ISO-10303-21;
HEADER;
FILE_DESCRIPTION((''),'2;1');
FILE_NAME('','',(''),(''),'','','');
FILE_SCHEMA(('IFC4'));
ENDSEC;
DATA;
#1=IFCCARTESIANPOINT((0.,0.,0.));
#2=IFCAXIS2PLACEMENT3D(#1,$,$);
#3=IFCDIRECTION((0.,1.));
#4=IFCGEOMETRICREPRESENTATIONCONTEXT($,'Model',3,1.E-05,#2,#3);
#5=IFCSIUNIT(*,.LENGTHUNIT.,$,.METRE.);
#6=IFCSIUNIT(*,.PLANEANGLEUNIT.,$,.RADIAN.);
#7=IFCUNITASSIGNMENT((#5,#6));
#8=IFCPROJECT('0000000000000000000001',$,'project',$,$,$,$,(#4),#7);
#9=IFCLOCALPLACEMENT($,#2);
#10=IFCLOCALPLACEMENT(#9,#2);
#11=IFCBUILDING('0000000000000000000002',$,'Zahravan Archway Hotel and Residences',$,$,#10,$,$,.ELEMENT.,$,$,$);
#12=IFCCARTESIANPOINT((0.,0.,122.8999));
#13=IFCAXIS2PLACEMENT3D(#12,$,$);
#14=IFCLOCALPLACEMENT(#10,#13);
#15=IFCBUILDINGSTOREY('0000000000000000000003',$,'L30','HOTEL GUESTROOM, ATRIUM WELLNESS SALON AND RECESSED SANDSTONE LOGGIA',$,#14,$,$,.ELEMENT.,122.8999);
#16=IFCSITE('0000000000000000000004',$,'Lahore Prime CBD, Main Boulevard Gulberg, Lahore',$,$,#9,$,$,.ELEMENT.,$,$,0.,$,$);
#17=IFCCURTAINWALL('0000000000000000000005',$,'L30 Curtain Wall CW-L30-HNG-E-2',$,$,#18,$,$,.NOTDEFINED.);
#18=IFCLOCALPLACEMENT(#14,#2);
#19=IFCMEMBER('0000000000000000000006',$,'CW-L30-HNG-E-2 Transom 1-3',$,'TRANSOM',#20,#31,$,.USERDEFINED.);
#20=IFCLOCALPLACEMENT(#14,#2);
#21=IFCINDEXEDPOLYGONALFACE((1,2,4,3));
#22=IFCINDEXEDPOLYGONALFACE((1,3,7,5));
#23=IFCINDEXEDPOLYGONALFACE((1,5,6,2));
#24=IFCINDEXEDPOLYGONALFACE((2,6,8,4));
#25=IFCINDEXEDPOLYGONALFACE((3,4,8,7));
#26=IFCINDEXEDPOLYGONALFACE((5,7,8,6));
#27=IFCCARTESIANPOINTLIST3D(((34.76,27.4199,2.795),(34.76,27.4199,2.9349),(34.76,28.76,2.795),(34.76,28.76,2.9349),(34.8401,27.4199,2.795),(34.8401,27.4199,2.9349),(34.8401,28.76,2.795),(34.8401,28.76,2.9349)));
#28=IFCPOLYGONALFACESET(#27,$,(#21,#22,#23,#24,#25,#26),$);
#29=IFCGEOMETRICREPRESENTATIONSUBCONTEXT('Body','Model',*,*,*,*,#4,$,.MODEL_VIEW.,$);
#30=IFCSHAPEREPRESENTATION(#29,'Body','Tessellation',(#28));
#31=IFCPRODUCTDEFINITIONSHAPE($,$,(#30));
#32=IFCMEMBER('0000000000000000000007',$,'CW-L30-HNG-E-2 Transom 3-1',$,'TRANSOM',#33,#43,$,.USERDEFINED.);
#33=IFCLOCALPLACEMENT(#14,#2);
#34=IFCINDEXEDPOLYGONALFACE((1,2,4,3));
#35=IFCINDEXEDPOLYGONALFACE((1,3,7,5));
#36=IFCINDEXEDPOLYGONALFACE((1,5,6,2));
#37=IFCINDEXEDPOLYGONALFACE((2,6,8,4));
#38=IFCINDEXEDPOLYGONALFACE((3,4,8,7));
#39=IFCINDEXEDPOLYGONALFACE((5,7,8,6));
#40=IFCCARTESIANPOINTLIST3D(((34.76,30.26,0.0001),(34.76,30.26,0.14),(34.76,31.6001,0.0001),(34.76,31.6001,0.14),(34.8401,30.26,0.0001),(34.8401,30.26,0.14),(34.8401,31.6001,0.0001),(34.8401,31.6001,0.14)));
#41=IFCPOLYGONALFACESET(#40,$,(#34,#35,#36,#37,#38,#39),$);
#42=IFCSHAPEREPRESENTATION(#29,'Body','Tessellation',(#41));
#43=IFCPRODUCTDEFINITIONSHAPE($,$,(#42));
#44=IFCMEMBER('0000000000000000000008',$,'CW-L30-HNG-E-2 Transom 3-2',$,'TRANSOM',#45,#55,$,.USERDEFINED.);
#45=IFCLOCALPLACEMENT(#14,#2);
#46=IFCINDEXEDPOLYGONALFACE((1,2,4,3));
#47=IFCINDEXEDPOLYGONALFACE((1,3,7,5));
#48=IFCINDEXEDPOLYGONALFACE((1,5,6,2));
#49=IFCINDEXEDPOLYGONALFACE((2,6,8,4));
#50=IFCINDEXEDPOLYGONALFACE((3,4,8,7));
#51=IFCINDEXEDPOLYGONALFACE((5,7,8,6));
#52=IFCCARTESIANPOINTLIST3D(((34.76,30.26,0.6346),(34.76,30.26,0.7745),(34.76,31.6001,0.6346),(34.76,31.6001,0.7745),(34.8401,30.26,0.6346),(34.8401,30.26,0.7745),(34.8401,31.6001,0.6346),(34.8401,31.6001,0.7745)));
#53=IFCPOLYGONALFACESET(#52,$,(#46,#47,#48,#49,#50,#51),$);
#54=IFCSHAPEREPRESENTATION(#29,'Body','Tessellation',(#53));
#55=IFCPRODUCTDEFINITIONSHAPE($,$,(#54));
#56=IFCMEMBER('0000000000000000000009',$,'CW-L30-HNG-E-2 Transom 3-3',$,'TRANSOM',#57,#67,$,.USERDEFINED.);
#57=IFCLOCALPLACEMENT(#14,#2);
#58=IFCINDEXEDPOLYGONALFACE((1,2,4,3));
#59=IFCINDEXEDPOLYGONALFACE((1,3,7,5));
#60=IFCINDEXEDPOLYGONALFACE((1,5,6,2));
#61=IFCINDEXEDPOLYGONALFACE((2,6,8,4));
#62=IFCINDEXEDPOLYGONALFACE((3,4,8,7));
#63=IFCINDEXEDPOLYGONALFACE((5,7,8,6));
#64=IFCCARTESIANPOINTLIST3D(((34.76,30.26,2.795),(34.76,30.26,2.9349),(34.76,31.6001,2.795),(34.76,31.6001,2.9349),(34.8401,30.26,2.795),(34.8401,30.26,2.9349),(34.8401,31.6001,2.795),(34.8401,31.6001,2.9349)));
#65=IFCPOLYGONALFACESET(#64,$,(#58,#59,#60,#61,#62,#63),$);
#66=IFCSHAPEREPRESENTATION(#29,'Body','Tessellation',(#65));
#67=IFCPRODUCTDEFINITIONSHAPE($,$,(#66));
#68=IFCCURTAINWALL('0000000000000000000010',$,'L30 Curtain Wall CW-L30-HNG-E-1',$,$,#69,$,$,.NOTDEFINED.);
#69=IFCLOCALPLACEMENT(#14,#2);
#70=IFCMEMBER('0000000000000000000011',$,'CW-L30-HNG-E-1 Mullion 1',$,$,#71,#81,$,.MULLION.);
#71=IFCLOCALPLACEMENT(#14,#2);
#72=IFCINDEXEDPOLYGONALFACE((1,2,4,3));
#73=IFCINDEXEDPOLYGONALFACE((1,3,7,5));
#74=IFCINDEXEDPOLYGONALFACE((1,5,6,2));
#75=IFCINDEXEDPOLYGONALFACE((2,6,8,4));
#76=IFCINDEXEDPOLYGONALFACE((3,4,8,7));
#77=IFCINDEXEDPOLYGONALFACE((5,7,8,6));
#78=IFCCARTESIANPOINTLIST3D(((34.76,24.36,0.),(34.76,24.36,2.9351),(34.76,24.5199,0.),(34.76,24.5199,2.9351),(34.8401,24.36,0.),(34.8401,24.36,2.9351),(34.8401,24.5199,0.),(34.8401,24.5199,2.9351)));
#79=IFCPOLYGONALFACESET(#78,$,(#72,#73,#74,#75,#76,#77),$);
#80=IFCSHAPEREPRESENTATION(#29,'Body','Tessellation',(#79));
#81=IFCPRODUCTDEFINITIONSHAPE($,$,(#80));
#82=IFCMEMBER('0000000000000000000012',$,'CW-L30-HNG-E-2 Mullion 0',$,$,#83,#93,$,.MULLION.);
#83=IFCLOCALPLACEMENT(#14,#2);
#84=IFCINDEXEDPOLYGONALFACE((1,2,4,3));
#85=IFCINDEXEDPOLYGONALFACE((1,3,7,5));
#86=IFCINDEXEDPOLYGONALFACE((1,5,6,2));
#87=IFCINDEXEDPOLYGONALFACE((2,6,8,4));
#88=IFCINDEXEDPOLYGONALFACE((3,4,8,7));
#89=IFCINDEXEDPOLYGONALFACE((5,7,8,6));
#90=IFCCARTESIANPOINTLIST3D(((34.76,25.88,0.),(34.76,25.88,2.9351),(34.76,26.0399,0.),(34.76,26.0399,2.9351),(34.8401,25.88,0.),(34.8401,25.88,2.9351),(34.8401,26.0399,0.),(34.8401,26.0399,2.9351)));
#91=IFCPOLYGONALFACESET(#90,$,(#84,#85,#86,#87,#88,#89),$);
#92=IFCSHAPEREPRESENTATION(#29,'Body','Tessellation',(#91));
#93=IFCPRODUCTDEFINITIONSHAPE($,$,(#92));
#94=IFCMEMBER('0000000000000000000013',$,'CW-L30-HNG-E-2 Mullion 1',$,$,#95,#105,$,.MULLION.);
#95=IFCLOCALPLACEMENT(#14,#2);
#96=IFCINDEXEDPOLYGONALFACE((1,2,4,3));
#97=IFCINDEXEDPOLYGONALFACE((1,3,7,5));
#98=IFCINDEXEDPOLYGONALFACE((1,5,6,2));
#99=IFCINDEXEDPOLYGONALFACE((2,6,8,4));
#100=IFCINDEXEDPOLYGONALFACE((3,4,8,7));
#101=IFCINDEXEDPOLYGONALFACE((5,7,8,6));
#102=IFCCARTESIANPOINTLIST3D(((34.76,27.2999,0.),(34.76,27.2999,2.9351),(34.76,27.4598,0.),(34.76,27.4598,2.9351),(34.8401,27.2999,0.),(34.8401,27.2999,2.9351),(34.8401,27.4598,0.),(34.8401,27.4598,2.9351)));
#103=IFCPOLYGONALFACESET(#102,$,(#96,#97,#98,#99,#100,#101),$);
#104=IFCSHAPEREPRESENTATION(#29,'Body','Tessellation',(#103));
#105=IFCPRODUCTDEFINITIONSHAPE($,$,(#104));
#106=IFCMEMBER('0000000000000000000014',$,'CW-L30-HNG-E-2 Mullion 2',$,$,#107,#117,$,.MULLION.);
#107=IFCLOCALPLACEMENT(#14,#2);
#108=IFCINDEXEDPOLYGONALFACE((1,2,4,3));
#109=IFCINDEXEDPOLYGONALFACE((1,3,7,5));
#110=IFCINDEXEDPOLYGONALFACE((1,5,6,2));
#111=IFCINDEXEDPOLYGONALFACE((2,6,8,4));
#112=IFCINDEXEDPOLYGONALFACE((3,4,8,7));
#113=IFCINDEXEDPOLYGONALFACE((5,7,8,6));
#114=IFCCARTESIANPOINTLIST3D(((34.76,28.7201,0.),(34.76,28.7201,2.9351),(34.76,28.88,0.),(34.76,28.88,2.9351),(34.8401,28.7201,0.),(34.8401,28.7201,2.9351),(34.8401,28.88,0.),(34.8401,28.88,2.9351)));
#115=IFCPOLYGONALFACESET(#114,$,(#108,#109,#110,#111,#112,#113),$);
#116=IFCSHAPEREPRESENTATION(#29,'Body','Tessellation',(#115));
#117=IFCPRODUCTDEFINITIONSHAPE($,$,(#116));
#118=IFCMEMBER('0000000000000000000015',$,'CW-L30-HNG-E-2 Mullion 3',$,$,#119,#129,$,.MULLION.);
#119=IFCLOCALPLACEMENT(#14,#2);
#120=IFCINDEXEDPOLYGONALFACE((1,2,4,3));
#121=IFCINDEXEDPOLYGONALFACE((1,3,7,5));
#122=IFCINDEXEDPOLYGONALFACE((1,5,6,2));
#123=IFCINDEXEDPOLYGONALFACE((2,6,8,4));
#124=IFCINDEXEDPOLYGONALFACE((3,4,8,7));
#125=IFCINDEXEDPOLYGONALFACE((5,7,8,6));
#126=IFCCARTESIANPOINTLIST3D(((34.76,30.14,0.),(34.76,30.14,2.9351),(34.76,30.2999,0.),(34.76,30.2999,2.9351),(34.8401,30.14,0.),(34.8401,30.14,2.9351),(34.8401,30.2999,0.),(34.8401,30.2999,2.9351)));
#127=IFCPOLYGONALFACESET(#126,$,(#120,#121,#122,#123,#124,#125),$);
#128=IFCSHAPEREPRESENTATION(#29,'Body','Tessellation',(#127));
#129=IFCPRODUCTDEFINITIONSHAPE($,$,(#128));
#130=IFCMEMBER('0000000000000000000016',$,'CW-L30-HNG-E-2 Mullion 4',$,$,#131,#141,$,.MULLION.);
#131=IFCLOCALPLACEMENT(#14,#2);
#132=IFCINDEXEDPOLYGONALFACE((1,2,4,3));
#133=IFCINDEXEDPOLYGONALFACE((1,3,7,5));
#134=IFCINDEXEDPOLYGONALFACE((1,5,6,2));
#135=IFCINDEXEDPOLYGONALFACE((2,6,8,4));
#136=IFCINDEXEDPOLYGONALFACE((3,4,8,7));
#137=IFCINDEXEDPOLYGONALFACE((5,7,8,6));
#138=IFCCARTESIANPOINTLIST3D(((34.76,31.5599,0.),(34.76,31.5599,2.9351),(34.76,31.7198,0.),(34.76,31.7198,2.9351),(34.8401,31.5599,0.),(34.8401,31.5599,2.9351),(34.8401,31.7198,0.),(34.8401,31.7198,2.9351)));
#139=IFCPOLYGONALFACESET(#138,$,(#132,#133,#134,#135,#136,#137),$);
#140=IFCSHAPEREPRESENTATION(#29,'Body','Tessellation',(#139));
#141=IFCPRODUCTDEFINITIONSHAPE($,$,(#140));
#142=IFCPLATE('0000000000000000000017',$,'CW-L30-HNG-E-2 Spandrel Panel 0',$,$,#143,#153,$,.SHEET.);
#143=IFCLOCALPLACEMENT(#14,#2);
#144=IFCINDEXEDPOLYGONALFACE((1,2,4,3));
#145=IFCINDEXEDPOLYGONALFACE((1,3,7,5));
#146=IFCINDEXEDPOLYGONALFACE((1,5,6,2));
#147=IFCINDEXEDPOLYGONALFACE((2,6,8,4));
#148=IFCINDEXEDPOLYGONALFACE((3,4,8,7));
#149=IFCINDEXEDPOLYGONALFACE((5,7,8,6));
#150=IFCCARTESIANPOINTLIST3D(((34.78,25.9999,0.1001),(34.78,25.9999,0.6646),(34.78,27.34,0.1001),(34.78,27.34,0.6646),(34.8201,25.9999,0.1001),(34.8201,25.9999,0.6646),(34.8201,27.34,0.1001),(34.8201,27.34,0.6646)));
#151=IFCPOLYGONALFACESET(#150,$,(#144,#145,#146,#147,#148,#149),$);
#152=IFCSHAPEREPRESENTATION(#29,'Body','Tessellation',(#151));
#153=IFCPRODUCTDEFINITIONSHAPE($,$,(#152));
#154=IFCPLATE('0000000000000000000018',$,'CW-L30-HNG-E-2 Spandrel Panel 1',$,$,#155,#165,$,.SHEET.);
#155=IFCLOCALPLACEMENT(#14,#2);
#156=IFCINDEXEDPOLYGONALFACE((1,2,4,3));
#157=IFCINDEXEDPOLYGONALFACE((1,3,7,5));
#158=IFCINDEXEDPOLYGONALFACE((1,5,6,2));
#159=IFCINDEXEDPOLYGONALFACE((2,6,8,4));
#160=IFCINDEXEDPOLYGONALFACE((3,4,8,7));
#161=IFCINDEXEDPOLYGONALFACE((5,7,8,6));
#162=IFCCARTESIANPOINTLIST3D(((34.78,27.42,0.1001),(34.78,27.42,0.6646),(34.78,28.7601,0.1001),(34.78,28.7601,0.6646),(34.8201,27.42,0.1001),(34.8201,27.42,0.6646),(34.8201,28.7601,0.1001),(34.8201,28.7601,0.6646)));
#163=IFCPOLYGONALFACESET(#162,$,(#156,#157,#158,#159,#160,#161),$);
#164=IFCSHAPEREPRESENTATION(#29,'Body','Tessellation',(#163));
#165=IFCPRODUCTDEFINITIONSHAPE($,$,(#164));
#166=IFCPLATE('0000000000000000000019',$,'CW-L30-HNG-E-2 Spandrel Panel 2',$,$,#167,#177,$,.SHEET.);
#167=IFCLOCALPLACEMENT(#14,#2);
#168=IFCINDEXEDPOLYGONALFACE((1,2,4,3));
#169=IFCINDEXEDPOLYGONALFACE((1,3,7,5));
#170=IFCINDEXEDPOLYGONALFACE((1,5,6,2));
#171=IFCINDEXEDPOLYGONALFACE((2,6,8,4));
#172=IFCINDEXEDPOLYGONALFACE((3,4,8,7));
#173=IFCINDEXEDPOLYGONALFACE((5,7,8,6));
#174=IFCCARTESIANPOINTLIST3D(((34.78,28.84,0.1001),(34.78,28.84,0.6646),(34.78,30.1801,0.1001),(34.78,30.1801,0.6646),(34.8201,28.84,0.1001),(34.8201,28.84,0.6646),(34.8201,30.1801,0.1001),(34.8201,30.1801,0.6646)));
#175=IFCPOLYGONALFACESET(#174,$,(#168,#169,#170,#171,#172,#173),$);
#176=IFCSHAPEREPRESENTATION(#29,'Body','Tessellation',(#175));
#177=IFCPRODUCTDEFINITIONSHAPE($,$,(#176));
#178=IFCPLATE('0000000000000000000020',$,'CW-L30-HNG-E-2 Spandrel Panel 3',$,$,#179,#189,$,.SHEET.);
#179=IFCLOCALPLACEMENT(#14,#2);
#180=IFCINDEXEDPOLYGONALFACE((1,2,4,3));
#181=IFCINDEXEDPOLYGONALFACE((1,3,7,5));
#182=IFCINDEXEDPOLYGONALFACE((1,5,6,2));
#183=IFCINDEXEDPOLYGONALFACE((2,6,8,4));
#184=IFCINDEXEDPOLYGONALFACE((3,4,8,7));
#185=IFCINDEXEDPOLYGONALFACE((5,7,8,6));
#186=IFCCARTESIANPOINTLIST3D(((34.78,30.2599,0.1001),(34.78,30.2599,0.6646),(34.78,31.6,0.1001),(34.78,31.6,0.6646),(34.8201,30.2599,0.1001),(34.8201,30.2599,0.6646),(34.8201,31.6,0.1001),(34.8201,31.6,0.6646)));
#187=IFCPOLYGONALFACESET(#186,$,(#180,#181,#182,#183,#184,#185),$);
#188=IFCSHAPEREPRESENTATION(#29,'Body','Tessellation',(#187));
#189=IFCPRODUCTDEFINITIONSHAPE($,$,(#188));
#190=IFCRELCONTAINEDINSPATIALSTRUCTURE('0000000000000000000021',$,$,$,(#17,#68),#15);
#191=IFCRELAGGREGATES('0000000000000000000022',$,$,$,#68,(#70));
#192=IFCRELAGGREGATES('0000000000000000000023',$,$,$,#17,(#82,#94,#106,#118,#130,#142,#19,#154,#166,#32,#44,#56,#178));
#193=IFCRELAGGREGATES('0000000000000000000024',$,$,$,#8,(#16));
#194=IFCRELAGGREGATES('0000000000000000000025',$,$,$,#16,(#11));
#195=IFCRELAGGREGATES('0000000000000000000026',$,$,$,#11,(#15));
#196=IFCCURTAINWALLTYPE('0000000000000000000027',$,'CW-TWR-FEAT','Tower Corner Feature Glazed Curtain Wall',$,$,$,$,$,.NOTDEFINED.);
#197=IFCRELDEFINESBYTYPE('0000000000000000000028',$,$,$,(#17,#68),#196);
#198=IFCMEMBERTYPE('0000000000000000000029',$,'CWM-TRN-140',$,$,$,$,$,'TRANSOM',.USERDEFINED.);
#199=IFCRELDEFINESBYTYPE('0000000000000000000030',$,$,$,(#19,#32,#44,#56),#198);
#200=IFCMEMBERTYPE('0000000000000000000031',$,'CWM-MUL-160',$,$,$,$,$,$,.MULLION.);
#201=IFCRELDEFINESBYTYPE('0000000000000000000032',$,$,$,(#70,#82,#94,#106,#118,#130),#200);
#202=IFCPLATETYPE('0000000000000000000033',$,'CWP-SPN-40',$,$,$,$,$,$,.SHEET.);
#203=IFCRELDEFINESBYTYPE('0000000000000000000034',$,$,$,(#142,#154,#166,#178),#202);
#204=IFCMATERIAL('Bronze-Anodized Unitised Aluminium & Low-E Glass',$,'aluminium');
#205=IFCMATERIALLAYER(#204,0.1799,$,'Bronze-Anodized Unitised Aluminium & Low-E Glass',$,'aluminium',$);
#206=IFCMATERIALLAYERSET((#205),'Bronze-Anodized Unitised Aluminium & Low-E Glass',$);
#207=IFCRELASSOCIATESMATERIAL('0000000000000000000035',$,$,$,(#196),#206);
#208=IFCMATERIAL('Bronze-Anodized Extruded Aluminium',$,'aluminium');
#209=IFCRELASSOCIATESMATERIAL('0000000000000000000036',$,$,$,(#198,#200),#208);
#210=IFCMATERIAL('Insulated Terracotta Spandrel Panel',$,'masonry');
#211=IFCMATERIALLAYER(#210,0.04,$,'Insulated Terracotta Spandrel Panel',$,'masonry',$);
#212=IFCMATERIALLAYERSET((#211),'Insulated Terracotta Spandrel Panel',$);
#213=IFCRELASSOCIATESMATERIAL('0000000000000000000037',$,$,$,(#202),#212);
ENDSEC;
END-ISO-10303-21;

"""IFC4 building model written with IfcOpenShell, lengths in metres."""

from ifc_helpers import new_model, si_unit, direction, frame, origin, origin_2d, place, context, subcontext, project, spatial, rectangle, extrude, source, transform, mapped, material, layer, layer_set, material_profile, profile_set, type_object, element, aggregate, save


model = new_model("IFC4")

# Units and contexts
model_context = context("Model", 3, precision=1e-05, world=origin(), true_north=direction((0.0, 1.0)))
body_context = subcontext(model_context, "Body", "Model", "MODEL_VIEW")
ifc_project = project(units=[si_unit("LENGTHUNIT", "METRE"), si_unit("PLANEANGLEUNIT", "RADIAN")], contexts=[model_context])

# Site, building, storey
site_placement = place(None, origin())
site = spatial("IfcSite", under=ifc_project, at=site_placement, Name="Lahore Prime CBD, Main Boulevard Gulberg, Lahore", CompositionType="ELEMENT", RefElevation=0.0)
building_placement = place(site_placement, origin())
building = spatial("IfcBuilding", under=site, at=building_placement, Name="Zahravan Archway Hotel and Residences", CompositionType="ELEMENT")
storey_placement = place(building_placement, frame((0.0, 0.0, 122.8999)))
storey = spatial("IfcBuildingStorey", under=building, at=storey_placement, Name="L30", Description="HOTEL GUESTROOM, ATRIUM WELLNESS SALON AND RECESSED SANDSTONE LOGGIA", CompositionType="ELEMENT", Elevation=122.8999)

# Curtain wall, members
ifc_material_1 = material(Name="Bronze-Anodized Unitised Aluminium & Low-E Glass", Category="aluminium")
ifc_layer_1 = layer(ifc_material_1, 0.1799, Name="Bronze-Anodized Unitised Aluminium & Low-E Glass", Category="aluminium")
ifc_layer_set_1 = layer_set([ifc_layer_1], Name="Bronze-Anodized Unitised Aluminium & Low-E Glass")
curtain_wall_type = type_object("IfcCurtainWallType", Name="CW-TWR-FEAT", Description="Tower Corner Feature Glazed Curtain Wall", PredefinedType="NOTDEFINED", material=ifc_layer_set_1)
curtain_wall_1_placement = place(storey_placement, origin())
curtain_wall_1 = element("IfcCurtainWall", 1, at=curtain_wall_1_placement, inside=storey, type_object=curtain_wall_type, Name="L30 Curtain Wall CW-L30-HNG-E-2", PredefinedType="NOTDEFINED")
ifc_material_2 = material(Name="Bronze-Anodized Extruded Aluminium", Category="aluminium")
ifc_material_profile_1 = material_profile(ifc_material_2, rectangle(XDim=0.0801, YDim=0.1399, at=origin_2d()), Name="TRN 80x140", Category="aluminium")
ifc_profile_set_1 = profile_set([ifc_material_profile_1], Name="Bronze-Anodized Extruded Aluminium")
member_type_1 = type_object("IfcMemberType", Name="CWM-TRN-140", ElementType="TRANSOM", PredefinedType="USERDEFINED", material=ifc_profile_set_1)
shared_shape_1 = source(origin(), body_context, "Body", "SweptSolid", [
    extrude(rectangle(XDim=0.0801, YDim=0.1399, at=origin_2d()), origin(), (0.0, 0.0, 1.0), 1.3401),
])
member_1_placement = place(storey_placement, frame((34.8, 27.4199, 2.865), z_axis=(0.0, 1.0, 0.0), x_axis=(-1.0, 0.0, 0.0)))
member_1 = element("IfcMember", 2, at=member_1_placement, type_object=member_type_1, Name="CW-L30-HNG-E-2 Transom 1-3", ObjectType="TRANSOM", PredefinedType="USERDEFINED", context=body_context, shape_type="MappedRepresentation", body=[
    mapped(shared_shape_1, transform((0.0, 0.0, 0.0), scale=1.0)),
])
member_2_placement = place(storey_placement, frame((34.8, 30.26, 0.0701), z_axis=(0.0, 1.0, 0.0), x_axis=(-1.0, 0.0, 0.0)))
member_2 = element("IfcMember", 3, at=member_2_placement, type_object=member_type_1, Name="CW-L30-HNG-E-2 Transom 3-1", ObjectType="TRANSOM", PredefinedType="USERDEFINED", context=body_context, shape_type="MappedRepresentation", body=[
    mapped(shared_shape_1, transform((0.0, 0.0, 0.0), scale=1.0)),
])
member_3_placement = place(storey_placement, frame((34.8, 30.26, 0.7046), z_axis=(0.0, 1.0, 0.0), x_axis=(-1.0, 0.0, 0.0)))
member_3 = element("IfcMember", 4, at=member_3_placement, type_object=member_type_1, Name="CW-L30-HNG-E-2 Transom 3-2", ObjectType="TRANSOM", PredefinedType="USERDEFINED", context=body_context, shape_type="MappedRepresentation", body=[
    mapped(shared_shape_1, transform((0.0, 0.0, 0.0), scale=1.0)),
])
member_4_placement = place(storey_placement, frame((34.8, 30.26, 2.865), z_axis=(0.0, 1.0, 0.0), x_axis=(-1.0, 0.0, 0.0)))
member_4 = element("IfcMember", 5, at=member_4_placement, type_object=member_type_1, Name="CW-L30-HNG-E-2 Transom 3-3", ObjectType="TRANSOM", PredefinedType="USERDEFINED", context=body_context, shape_type="MappedRepresentation", body=[
    mapped(shared_shape_1, transform((0.0, 0.0, 0.0), scale=1.0)),
])

# Curtain wall, member
curtain_wall_2_placement = place(storey_placement, origin())
curtain_wall_2 = element("IfcCurtainWall", 6, at=curtain_wall_2_placement, inside=storey, type_object=curtain_wall_type, Name="L30 Curtain Wall CW-L30-HNG-E-1", PredefinedType="NOTDEFINED")
ifc_material_profile_2 = material_profile(ifc_material_2, rectangle(XDim=0.0801, YDim=0.1599, at=origin_2d()), Name="MUL 80x160", Category="aluminium")
ifc_profile_set_2 = profile_set([ifc_material_profile_2], Name="Bronze-Anodized Extruded Aluminium")
member_type_2 = type_object("IfcMemberType", Name="CWM-MUL-160", PredefinedType="MULLION", material=ifc_profile_set_2)
shared_shape_2 = source(origin(), body_context, "Body", "SweptSolid", [
    extrude(rectangle(XDim=0.0801, YDim=0.1599, at=origin_2d()), origin(), (0.0, 0.0, 1.0), 2.9351),
])
member_5_placement = place(storey_placement, frame((34.8, 24.4399, 0.0), z_axis=(0.0, 0.0, 1.0), x_axis=(1.0, 0.0, 0.0)))
member_5 = element("IfcMember", 7, at=member_5_placement, type_object=member_type_2, Name="CW-L30-HNG-E-1 Mullion 1", PredefinedType="MULLION", context=body_context, shape_type="MappedRepresentation", body=[
    mapped(shared_shape_2, transform((0.0, 0.0, 0.0), scale=1.0)),
])
aggregate(curtain_wall_2, [member_5])

# Members
member_6_placement = place(storey_placement, frame((34.8, 25.96, 0.0), z_axis=(0.0, 0.0, 1.0), x_axis=(1.0, 0.0, 0.0)))
member_6 = element("IfcMember", 8, at=member_6_placement, type_object=member_type_2, Name="CW-L30-HNG-E-2 Mullion 0", PredefinedType="MULLION", context=body_context, shape_type="MappedRepresentation", body=[
    mapped(shared_shape_2, transform((0.0, 0.0, 0.0), scale=1.0)),
])
member_7_placement = place(storey_placement, frame((34.8, 27.3799, 0.0), z_axis=(0.0, 0.0, 1.0), x_axis=(1.0, 0.0, 0.0)))
member_7 = element("IfcMember", 9, at=member_7_placement, type_object=member_type_2, Name="CW-L30-HNG-E-2 Mullion 1", PredefinedType="MULLION", context=body_context, shape_type="MappedRepresentation", body=[
    mapped(shared_shape_2, transform((0.0, 0.0, 0.0), scale=1.0)),
])
member_8_placement = place(storey_placement, frame((34.8, 28.8, 0.0), z_axis=(0.0, 0.0, 1.0), x_axis=(1.0, 0.0, 0.0)))
member_8 = element("IfcMember", 10, at=member_8_placement, type_object=member_type_2, Name="CW-L30-HNG-E-2 Mullion 2", PredefinedType="MULLION", context=body_context, shape_type="MappedRepresentation", body=[
    mapped(shared_shape_2, transform((0.0, 0.0, 0.0), scale=1.0)),
])
member_9_placement = place(storey_placement, frame((34.8, 30.22, 0.0), z_axis=(0.0, 0.0, 1.0), x_axis=(1.0, 0.0, 0.0)))
member_9 = element("IfcMember", 11, at=member_9_placement, type_object=member_type_2, Name="CW-L30-HNG-E-2 Mullion 3", PredefinedType="MULLION", context=body_context, shape_type="MappedRepresentation", body=[
    mapped(shared_shape_2, transform((0.0, 0.0, 0.0), scale=1.0)),
])
member_10_placement = place(storey_placement, frame((34.8, 31.6399, 0.0), z_axis=(0.0, 0.0, 1.0), x_axis=(1.0, 0.0, 0.0)))
member_10 = element("IfcMember", 12, at=member_10_placement, type_object=member_type_2, Name="CW-L30-HNG-E-2 Mullion 4", PredefinedType="MULLION", context=body_context, shape_type="MappedRepresentation", body=[
    mapped(shared_shape_2, transform((0.0, 0.0, 0.0), scale=1.0)),
])

# Plates
ifc_material_3 = material(Name="Insulated Terracotta Spandrel Panel", Category="masonry")
ifc_layer_2 = layer(ifc_material_3, 0.04, Name="Insulated Terracotta Spandrel Panel", Category="masonry")
ifc_layer_set_2 = layer_set([ifc_layer_2], Name="Insulated Terracotta Spandrel Panel")
plate_type_1 = type_object("IfcPlateType", Name="CWP-SPN-40", PredefinedType="SHEET", material=ifc_layer_set_2)
shared_shape_3 = source(origin(), body_context, "Body", "SweptSolid", [
    extrude(rectangle(XDim=1.3401, YDim=0.04, at=origin_2d()), origin(), (0.0, 0.0, 1.0), 0.5645),
])
plate_1_placement = place(storey_placement, frame((34.8, 26.6699, 0.1001), z_axis=(0.0, 0.0, 1.0), x_axis=(0.0, 1.0, 0.0)))
plate_1 = element("IfcPlate", 13, at=plate_1_placement, type_object=plate_type_1, Name="CW-L30-HNG-E-2 Spandrel Panel 0", PredefinedType="SHEET", context=body_context, shape_type="MappedRepresentation", body=[
    mapped(shared_shape_3, transform((0.0, 0.0, 0.0), scale=1.0)),
])
plate_2_placement = place(storey_placement, frame((34.8, 28.0901, 0.1001), z_axis=(0.0, 0.0, 1.0), x_axis=(0.0, 1.0, 0.0)))
plate_2 = element("IfcPlate", 14, at=plate_2_placement, type_object=plate_type_1, Name="CW-L30-HNG-E-2 Spandrel Panel 1", PredefinedType="SHEET", context=body_context, shape_type="MappedRepresentation", body=[
    mapped(shared_shape_3, transform((0.0, 0.0, 0.0), scale=1.0)),
])
plate_3_placement = place(storey_placement, frame((34.8, 29.51, 0.1001), z_axis=(0.0, 0.0, 1.0), x_axis=(0.0, 1.0, 0.0)))
plate_3 = element("IfcPlate", 15, at=plate_3_placement, type_object=plate_type_1, Name="CW-L30-HNG-E-2 Spandrel Panel 2", PredefinedType="SHEET", context=body_context, shape_type="MappedRepresentation", body=[
    mapped(shared_shape_3, transform((0.0, 0.0, 0.0), scale=1.0)),
])
plate_4_placement = place(storey_placement, frame((34.8, 30.9299, 0.1001), z_axis=(0.0, 0.0, 1.0), x_axis=(0.0, 1.0, 0.0)))
plate_4 = element("IfcPlate", 16, at=plate_4_placement, type_object=plate_type_1, Name="CW-L30-HNG-E-2 Spandrel Panel 3", PredefinedType="SHEET", context=body_context, shape_type="MappedRepresentation", body=[
    mapped(shared_shape_3, transform((0.0, 0.0, 0.0), scale=1.0)),
])
aggregate(curtain_wall_1, [member_6, member_7, member_8, member_9, member_10, plate_1, member_1, plate_2, plate_3, member_2, member_3, member_4, plate_4])

save(model, "model.ifc")
